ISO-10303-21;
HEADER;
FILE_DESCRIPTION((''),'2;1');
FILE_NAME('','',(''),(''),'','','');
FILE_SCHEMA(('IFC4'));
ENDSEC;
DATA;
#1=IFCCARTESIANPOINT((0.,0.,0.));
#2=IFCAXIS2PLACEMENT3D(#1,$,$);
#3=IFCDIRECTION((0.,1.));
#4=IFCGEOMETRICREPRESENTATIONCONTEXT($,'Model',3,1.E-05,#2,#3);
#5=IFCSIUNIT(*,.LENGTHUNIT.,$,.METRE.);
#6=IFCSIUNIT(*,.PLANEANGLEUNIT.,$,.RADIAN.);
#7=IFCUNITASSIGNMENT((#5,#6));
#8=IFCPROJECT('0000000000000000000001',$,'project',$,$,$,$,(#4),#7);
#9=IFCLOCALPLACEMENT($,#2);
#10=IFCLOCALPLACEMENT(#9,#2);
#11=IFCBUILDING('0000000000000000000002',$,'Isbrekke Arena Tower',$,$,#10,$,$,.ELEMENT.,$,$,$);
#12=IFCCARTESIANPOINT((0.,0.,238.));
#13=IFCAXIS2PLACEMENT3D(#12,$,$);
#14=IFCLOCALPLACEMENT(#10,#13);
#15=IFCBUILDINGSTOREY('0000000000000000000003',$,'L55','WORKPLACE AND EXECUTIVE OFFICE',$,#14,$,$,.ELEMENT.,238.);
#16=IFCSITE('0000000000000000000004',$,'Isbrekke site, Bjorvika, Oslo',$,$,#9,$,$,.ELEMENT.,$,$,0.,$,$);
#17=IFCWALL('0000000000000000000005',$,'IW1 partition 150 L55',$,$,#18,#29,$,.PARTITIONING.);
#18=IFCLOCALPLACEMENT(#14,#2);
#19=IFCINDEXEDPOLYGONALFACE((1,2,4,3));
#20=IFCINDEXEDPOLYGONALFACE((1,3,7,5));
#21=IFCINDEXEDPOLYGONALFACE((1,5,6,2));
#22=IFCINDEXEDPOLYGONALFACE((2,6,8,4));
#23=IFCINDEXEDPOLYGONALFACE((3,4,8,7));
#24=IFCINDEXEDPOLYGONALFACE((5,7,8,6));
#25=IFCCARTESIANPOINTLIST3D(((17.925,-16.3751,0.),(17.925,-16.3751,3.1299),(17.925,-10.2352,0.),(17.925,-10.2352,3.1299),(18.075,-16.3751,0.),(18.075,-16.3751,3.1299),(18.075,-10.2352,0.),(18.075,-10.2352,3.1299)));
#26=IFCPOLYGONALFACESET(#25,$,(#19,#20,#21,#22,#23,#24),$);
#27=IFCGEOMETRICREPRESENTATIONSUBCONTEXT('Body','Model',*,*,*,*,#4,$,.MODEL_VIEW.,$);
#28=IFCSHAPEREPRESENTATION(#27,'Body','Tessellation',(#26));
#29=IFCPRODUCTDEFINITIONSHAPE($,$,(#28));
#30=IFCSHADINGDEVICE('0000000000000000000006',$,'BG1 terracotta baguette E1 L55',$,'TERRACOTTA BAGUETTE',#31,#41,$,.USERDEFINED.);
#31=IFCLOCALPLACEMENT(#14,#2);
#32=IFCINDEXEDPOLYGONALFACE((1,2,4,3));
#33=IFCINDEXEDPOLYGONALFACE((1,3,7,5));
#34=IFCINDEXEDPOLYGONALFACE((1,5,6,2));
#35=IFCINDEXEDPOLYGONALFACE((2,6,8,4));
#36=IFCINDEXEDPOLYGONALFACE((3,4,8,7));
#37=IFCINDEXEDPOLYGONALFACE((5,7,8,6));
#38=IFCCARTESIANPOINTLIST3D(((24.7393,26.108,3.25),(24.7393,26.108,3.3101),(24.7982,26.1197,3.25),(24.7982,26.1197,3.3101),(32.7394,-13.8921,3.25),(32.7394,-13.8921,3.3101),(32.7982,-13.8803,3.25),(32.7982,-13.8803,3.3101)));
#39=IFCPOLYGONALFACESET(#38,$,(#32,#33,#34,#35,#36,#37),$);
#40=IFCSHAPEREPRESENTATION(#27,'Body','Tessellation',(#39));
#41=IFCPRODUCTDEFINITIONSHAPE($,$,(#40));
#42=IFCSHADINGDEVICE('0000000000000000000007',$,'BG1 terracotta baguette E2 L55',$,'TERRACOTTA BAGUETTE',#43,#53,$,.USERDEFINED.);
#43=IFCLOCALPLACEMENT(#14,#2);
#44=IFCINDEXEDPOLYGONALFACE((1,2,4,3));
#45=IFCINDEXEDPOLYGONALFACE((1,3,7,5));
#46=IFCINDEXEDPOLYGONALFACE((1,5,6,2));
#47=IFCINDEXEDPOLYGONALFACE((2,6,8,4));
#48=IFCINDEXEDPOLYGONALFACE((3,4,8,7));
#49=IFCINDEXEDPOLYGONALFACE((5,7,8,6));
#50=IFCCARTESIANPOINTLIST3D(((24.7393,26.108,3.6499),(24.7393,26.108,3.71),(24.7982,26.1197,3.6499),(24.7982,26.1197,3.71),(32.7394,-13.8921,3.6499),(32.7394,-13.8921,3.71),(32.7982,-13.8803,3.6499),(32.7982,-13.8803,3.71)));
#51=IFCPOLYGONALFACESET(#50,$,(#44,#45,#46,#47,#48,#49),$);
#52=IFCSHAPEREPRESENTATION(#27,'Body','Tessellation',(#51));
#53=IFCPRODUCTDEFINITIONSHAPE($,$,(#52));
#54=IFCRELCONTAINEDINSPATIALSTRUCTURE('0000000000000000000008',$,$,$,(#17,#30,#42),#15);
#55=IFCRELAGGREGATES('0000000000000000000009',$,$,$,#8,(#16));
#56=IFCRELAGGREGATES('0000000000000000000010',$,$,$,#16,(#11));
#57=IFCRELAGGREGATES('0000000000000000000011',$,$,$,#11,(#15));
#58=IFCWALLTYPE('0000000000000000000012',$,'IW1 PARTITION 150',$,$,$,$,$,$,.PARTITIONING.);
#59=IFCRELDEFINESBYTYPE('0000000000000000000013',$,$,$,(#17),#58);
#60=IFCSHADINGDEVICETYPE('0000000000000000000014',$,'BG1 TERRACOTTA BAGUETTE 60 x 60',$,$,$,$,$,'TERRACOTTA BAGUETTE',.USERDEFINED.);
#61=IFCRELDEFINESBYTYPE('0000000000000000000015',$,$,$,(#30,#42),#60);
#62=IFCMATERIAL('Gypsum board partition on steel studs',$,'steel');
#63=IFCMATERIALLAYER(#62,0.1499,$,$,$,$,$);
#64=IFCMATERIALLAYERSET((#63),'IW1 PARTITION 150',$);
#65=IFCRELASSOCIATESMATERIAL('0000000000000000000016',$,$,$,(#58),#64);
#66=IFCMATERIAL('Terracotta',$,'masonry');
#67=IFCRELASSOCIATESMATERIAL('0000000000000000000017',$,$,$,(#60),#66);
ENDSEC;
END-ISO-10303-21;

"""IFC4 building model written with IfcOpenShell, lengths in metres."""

from ifc_helpers import new_model, si_unit, direction, frame, frame_2d, origin, origin_2d, place, context, subcontext, project, spatial, rectangle, extrude, material, layer, layer_set, material_profile, profile_set, type_object, element, save


model = new_model("IFC4")

# Units and contexts
model_context = context("Model", 3, precision=1e-05, world=origin(), true_north=direction((0.0, 1.0)))
body_context = subcontext(model_context, "Body", "Model", "MODEL_VIEW")
ifc_project = project(units=[si_unit("LENGTHUNIT", "METRE"), si_unit("PLANEANGLEUNIT", "RADIAN")], contexts=[model_context])

# Site, building, storey
site_placement = place(None, origin())
site = spatial("IfcSite", under=ifc_project, at=site_placement, Name="Isbrekke site, Bjorvika, Oslo", CompositionType="ELEMENT", RefElevation=0.0)
building_placement = place(site_placement, origin())
building = spatial("IfcBuilding", under=site, at=building_placement, Name="Isbrekke Arena Tower", CompositionType="ELEMENT")
storey_placement = place(building_placement, frame((0.0, 0.0, 238.0)))
storey = spatial("IfcBuildingStorey", under=building, at=storey_placement, Name="L55", Description="WORKPLACE AND EXECUTIVE OFFICE", CompositionType="ELEMENT", Elevation=238.0)

# Wall
ifc_material_1 = material(Name="Gypsum board partition on steel studs", Category="steel")
ifc_layer_1 = layer(ifc_material_1, 0.1499)
ifc_layer_set_1 = layer_set([ifc_layer_1], Name="IW1 PARTITION 150")
wall_type = type_object("IfcWallType", Name="IW1 PARTITION 150", PredefinedType="PARTITIONING", material=ifc_layer_set_1)
wall_placement = place(storey_placement, frame((18.0, -16.375, 0.0), z_axis=(0.0, 0.0, 1.0), x_axis=(0.0, 1.0, 0.0)))
element("IfcWall", 1, at=wall_placement, inside=storey, type_object=wall_type, Name="IW1 partition 150 L55", PredefinedType="PARTITIONING", context=body_context, shape_type="SweptSolid", body=[
    extrude(rectangle(XDim=6.1399, YDim=0.1499, at=frame_2d((3.0698, 0.0))), origin(), (0.0, 0.0, 1.0), 3.1299),
])

# Shading devices
ifc_material_2 = material(Name="Terracotta", Category="masonry")
ifc_material_profile_1 = material_profile(ifc_material_2, rectangle(XDim=0.0601, YDim=0.0601, at=origin_2d()), Name="BAGUETTE 60X60")
ifc_profile_set_1 = profile_set([ifc_material_profile_1], Name="Terracotta")
shading_device_type = type_object("IfcShadingDeviceType", Name="BG1 TERRACOTTA BAGUETTE 60 x 60", ElementType="TERRACOTTA BAGUETTE", PredefinedType="USERDEFINED", material=ifc_profile_set_1)
for number, where, z_axis, x_axis, name in (
    (2, (32.7688, -13.8862, 3.28), (-0.196116, 0.980581, 0.0), (-0.980581, -0.196116, 0.0), "BG1 terracotta baguette E1 L55"),
    (3, (32.7688, -13.8862, 3.6799), (-0.196116, 0.980581, 0.0), (-0.980581, -0.196116, 0.0), "BG1 terracotta baguette E2 L55"),
):
    element("IfcShadingDevice", number, at=place(storey_placement, frame(where, z_axis=z_axis, x_axis=x_axis)), inside=storey, type_object=shading_device_type, Name=name, ObjectType="TERRACOTTA BAGUETTE", PredefinedType="USERDEFINED", context=body_context, shape_type="SweptSolid", body=[
        extrude(rectangle(XDim=0.0601, YDim=0.0601, at=origin_2d()), origin(), (0.0, 0.0, 1.0), 40.7922),
    ])

save(model, "model.ifc")
